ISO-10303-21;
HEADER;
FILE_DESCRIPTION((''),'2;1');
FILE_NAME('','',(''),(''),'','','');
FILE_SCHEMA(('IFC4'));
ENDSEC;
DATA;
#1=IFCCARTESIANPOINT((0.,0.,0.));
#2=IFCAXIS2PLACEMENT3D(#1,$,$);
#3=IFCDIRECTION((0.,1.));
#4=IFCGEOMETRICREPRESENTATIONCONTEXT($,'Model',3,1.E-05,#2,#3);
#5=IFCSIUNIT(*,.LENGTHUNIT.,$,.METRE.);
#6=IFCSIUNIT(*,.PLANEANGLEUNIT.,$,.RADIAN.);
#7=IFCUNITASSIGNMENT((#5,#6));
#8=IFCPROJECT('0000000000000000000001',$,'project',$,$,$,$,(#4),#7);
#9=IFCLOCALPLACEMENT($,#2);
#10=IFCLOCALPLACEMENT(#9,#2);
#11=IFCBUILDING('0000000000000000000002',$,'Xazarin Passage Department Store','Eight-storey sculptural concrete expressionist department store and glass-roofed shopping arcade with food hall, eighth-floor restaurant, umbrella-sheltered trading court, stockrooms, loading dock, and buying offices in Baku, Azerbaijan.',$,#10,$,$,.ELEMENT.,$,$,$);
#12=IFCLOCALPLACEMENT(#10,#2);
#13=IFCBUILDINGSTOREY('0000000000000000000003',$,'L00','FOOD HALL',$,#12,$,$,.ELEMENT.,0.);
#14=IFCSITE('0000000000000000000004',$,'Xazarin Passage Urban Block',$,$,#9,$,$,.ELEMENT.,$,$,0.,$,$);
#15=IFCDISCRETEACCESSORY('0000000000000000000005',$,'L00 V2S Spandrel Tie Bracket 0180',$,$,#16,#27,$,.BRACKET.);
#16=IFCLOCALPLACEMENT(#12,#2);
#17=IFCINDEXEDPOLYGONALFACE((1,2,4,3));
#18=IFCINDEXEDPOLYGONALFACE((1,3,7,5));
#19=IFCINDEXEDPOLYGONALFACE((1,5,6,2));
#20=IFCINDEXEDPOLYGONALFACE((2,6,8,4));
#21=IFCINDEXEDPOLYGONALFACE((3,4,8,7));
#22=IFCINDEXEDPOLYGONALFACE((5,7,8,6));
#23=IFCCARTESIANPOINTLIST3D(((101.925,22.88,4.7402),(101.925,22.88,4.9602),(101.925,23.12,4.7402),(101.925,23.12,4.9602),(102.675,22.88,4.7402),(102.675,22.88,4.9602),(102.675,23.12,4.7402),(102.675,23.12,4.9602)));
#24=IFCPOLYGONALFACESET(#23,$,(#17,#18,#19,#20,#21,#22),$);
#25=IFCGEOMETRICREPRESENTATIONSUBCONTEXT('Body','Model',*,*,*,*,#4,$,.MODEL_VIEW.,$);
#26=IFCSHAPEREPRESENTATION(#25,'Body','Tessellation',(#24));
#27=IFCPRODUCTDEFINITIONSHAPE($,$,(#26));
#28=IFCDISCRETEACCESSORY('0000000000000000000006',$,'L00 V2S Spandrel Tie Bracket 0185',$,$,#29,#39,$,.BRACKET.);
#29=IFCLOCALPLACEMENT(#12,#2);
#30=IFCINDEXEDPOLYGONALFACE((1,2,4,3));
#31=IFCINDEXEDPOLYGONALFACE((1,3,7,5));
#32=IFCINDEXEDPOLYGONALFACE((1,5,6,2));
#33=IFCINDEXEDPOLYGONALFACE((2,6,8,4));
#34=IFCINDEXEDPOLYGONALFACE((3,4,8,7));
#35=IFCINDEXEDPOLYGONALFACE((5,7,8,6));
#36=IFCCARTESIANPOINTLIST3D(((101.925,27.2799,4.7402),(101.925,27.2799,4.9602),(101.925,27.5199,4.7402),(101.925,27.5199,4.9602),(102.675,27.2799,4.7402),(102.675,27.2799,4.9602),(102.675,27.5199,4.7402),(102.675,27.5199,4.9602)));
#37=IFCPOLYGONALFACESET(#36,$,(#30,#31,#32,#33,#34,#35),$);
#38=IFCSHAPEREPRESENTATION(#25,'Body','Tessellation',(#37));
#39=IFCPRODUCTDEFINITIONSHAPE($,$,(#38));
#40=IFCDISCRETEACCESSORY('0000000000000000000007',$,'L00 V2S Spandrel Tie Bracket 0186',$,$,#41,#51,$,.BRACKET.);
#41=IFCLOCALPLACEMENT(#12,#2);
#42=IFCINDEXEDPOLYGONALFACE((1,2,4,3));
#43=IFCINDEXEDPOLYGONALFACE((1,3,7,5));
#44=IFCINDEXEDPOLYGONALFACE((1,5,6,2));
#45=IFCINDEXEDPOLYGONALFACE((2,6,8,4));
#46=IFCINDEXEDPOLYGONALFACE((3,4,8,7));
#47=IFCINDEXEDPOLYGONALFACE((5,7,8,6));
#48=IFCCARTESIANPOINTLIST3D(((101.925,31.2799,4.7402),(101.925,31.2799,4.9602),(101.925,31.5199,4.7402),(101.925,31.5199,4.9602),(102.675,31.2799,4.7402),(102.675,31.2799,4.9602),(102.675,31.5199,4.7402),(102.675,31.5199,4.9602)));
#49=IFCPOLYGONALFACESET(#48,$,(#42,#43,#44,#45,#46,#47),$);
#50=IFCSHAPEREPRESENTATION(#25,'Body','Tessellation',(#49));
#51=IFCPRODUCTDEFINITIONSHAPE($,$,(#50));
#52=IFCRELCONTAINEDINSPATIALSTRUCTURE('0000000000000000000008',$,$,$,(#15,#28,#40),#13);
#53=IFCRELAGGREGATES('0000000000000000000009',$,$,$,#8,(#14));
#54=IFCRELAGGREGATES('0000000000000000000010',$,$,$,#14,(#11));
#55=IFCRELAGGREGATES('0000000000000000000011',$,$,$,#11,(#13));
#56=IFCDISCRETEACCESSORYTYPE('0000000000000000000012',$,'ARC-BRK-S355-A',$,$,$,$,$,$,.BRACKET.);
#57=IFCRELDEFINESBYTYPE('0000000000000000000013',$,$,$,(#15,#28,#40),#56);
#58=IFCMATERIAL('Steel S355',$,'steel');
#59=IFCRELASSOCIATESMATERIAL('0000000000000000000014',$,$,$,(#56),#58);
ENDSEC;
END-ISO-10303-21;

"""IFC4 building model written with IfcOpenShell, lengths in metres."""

from ifc_helpers import new_model, si_unit, direction, frame, origin, origin_2d, place, context, subcontext, project, spatial, rectangle, extrude, material, type_object, element, save


model = new_model("IFC4")

# Units and contexts
model_context = context("Model", 3, precision=1e-05, world=origin(), true_north=direction((0.0, 1.0)))
body_context = subcontext(model_context, "Body", "Model", "MODEL_VIEW")
ifc_project = project(units=[si_unit("LENGTHUNIT", "METRE"), si_unit("PLANEANGLEUNIT", "RADIAN")], contexts=[model_context])

# Site, building, storey
site_placement = place(None, origin())
site = spatial("IfcSite", under=ifc_project, at=site_placement, Name="Xazarin Passage Urban Block", CompositionType="ELEMENT", RefElevation=0.0)
building_placement = place(site_placement, origin())
building = spatial("IfcBuilding", under=site, at=building_placement, Name="Xazarin Passage Department Store", Description="Eight-storey sculptural concrete expressionist department store and glass-roofed shopping arcade with food hall, eighth-floor restaurant, umbrella-sheltered trading court, stockrooms, loading dock, and buying offices in Baku, Azerbaijan.", CompositionType="ELEMENT")
storey_placement = place(building_placement, origin())
storey = spatial("IfcBuildingStorey", under=building, at=storey_placement, Name="L00", Description="FOOD HALL", CompositionType="ELEMENT", Elevation=0.0)

# Discrete accessories
ifc_material_1 = material(Name="Steel S355", Category="steel")
discrete_accessory_type = type_object("IfcDiscreteAccessoryType", Name="ARC-BRK-S355-A", PredefinedType="BRACKET", material=ifc_material_1)
for number, where, z_axis, x_axis, name in (
    (1, (102.3, 23.0, 4.7402), (0.0, 0.0, 1.0), (0.0, 1.0, 0.0), "L00 V2S Spandrel Tie Bracket 0180"),
    (2, (102.3, 27.3999, 4.7402), (0.0, 0.0, 1.0), (0.0, 1.0, 0.0), "L00 V2S Spandrel Tie Bracket 0185"),
    (3, (102.3, 31.3999, 4.7402), (0.0, 0.0, 1.0), (0.0, 1.0, 0.0), "L00 V2S Spandrel Tie Bracket 0186"),
):
    element("IfcDiscreteAccessory", number, at=place(storey_placement, frame(where, z_axis=z_axis, x_axis=x_axis)), inside=storey, type_object=discrete_accessory_type, Name=name, PredefinedType="BRACKET", context=body_context, shape_type="SweptSolid", body=[
        extrude(rectangle(XDim=0.24, YDim=0.75, at=origin_2d()), origin(), (0.0, 0.0, 1.0), 0.22),
    ])

save(model, "model.ifc")
